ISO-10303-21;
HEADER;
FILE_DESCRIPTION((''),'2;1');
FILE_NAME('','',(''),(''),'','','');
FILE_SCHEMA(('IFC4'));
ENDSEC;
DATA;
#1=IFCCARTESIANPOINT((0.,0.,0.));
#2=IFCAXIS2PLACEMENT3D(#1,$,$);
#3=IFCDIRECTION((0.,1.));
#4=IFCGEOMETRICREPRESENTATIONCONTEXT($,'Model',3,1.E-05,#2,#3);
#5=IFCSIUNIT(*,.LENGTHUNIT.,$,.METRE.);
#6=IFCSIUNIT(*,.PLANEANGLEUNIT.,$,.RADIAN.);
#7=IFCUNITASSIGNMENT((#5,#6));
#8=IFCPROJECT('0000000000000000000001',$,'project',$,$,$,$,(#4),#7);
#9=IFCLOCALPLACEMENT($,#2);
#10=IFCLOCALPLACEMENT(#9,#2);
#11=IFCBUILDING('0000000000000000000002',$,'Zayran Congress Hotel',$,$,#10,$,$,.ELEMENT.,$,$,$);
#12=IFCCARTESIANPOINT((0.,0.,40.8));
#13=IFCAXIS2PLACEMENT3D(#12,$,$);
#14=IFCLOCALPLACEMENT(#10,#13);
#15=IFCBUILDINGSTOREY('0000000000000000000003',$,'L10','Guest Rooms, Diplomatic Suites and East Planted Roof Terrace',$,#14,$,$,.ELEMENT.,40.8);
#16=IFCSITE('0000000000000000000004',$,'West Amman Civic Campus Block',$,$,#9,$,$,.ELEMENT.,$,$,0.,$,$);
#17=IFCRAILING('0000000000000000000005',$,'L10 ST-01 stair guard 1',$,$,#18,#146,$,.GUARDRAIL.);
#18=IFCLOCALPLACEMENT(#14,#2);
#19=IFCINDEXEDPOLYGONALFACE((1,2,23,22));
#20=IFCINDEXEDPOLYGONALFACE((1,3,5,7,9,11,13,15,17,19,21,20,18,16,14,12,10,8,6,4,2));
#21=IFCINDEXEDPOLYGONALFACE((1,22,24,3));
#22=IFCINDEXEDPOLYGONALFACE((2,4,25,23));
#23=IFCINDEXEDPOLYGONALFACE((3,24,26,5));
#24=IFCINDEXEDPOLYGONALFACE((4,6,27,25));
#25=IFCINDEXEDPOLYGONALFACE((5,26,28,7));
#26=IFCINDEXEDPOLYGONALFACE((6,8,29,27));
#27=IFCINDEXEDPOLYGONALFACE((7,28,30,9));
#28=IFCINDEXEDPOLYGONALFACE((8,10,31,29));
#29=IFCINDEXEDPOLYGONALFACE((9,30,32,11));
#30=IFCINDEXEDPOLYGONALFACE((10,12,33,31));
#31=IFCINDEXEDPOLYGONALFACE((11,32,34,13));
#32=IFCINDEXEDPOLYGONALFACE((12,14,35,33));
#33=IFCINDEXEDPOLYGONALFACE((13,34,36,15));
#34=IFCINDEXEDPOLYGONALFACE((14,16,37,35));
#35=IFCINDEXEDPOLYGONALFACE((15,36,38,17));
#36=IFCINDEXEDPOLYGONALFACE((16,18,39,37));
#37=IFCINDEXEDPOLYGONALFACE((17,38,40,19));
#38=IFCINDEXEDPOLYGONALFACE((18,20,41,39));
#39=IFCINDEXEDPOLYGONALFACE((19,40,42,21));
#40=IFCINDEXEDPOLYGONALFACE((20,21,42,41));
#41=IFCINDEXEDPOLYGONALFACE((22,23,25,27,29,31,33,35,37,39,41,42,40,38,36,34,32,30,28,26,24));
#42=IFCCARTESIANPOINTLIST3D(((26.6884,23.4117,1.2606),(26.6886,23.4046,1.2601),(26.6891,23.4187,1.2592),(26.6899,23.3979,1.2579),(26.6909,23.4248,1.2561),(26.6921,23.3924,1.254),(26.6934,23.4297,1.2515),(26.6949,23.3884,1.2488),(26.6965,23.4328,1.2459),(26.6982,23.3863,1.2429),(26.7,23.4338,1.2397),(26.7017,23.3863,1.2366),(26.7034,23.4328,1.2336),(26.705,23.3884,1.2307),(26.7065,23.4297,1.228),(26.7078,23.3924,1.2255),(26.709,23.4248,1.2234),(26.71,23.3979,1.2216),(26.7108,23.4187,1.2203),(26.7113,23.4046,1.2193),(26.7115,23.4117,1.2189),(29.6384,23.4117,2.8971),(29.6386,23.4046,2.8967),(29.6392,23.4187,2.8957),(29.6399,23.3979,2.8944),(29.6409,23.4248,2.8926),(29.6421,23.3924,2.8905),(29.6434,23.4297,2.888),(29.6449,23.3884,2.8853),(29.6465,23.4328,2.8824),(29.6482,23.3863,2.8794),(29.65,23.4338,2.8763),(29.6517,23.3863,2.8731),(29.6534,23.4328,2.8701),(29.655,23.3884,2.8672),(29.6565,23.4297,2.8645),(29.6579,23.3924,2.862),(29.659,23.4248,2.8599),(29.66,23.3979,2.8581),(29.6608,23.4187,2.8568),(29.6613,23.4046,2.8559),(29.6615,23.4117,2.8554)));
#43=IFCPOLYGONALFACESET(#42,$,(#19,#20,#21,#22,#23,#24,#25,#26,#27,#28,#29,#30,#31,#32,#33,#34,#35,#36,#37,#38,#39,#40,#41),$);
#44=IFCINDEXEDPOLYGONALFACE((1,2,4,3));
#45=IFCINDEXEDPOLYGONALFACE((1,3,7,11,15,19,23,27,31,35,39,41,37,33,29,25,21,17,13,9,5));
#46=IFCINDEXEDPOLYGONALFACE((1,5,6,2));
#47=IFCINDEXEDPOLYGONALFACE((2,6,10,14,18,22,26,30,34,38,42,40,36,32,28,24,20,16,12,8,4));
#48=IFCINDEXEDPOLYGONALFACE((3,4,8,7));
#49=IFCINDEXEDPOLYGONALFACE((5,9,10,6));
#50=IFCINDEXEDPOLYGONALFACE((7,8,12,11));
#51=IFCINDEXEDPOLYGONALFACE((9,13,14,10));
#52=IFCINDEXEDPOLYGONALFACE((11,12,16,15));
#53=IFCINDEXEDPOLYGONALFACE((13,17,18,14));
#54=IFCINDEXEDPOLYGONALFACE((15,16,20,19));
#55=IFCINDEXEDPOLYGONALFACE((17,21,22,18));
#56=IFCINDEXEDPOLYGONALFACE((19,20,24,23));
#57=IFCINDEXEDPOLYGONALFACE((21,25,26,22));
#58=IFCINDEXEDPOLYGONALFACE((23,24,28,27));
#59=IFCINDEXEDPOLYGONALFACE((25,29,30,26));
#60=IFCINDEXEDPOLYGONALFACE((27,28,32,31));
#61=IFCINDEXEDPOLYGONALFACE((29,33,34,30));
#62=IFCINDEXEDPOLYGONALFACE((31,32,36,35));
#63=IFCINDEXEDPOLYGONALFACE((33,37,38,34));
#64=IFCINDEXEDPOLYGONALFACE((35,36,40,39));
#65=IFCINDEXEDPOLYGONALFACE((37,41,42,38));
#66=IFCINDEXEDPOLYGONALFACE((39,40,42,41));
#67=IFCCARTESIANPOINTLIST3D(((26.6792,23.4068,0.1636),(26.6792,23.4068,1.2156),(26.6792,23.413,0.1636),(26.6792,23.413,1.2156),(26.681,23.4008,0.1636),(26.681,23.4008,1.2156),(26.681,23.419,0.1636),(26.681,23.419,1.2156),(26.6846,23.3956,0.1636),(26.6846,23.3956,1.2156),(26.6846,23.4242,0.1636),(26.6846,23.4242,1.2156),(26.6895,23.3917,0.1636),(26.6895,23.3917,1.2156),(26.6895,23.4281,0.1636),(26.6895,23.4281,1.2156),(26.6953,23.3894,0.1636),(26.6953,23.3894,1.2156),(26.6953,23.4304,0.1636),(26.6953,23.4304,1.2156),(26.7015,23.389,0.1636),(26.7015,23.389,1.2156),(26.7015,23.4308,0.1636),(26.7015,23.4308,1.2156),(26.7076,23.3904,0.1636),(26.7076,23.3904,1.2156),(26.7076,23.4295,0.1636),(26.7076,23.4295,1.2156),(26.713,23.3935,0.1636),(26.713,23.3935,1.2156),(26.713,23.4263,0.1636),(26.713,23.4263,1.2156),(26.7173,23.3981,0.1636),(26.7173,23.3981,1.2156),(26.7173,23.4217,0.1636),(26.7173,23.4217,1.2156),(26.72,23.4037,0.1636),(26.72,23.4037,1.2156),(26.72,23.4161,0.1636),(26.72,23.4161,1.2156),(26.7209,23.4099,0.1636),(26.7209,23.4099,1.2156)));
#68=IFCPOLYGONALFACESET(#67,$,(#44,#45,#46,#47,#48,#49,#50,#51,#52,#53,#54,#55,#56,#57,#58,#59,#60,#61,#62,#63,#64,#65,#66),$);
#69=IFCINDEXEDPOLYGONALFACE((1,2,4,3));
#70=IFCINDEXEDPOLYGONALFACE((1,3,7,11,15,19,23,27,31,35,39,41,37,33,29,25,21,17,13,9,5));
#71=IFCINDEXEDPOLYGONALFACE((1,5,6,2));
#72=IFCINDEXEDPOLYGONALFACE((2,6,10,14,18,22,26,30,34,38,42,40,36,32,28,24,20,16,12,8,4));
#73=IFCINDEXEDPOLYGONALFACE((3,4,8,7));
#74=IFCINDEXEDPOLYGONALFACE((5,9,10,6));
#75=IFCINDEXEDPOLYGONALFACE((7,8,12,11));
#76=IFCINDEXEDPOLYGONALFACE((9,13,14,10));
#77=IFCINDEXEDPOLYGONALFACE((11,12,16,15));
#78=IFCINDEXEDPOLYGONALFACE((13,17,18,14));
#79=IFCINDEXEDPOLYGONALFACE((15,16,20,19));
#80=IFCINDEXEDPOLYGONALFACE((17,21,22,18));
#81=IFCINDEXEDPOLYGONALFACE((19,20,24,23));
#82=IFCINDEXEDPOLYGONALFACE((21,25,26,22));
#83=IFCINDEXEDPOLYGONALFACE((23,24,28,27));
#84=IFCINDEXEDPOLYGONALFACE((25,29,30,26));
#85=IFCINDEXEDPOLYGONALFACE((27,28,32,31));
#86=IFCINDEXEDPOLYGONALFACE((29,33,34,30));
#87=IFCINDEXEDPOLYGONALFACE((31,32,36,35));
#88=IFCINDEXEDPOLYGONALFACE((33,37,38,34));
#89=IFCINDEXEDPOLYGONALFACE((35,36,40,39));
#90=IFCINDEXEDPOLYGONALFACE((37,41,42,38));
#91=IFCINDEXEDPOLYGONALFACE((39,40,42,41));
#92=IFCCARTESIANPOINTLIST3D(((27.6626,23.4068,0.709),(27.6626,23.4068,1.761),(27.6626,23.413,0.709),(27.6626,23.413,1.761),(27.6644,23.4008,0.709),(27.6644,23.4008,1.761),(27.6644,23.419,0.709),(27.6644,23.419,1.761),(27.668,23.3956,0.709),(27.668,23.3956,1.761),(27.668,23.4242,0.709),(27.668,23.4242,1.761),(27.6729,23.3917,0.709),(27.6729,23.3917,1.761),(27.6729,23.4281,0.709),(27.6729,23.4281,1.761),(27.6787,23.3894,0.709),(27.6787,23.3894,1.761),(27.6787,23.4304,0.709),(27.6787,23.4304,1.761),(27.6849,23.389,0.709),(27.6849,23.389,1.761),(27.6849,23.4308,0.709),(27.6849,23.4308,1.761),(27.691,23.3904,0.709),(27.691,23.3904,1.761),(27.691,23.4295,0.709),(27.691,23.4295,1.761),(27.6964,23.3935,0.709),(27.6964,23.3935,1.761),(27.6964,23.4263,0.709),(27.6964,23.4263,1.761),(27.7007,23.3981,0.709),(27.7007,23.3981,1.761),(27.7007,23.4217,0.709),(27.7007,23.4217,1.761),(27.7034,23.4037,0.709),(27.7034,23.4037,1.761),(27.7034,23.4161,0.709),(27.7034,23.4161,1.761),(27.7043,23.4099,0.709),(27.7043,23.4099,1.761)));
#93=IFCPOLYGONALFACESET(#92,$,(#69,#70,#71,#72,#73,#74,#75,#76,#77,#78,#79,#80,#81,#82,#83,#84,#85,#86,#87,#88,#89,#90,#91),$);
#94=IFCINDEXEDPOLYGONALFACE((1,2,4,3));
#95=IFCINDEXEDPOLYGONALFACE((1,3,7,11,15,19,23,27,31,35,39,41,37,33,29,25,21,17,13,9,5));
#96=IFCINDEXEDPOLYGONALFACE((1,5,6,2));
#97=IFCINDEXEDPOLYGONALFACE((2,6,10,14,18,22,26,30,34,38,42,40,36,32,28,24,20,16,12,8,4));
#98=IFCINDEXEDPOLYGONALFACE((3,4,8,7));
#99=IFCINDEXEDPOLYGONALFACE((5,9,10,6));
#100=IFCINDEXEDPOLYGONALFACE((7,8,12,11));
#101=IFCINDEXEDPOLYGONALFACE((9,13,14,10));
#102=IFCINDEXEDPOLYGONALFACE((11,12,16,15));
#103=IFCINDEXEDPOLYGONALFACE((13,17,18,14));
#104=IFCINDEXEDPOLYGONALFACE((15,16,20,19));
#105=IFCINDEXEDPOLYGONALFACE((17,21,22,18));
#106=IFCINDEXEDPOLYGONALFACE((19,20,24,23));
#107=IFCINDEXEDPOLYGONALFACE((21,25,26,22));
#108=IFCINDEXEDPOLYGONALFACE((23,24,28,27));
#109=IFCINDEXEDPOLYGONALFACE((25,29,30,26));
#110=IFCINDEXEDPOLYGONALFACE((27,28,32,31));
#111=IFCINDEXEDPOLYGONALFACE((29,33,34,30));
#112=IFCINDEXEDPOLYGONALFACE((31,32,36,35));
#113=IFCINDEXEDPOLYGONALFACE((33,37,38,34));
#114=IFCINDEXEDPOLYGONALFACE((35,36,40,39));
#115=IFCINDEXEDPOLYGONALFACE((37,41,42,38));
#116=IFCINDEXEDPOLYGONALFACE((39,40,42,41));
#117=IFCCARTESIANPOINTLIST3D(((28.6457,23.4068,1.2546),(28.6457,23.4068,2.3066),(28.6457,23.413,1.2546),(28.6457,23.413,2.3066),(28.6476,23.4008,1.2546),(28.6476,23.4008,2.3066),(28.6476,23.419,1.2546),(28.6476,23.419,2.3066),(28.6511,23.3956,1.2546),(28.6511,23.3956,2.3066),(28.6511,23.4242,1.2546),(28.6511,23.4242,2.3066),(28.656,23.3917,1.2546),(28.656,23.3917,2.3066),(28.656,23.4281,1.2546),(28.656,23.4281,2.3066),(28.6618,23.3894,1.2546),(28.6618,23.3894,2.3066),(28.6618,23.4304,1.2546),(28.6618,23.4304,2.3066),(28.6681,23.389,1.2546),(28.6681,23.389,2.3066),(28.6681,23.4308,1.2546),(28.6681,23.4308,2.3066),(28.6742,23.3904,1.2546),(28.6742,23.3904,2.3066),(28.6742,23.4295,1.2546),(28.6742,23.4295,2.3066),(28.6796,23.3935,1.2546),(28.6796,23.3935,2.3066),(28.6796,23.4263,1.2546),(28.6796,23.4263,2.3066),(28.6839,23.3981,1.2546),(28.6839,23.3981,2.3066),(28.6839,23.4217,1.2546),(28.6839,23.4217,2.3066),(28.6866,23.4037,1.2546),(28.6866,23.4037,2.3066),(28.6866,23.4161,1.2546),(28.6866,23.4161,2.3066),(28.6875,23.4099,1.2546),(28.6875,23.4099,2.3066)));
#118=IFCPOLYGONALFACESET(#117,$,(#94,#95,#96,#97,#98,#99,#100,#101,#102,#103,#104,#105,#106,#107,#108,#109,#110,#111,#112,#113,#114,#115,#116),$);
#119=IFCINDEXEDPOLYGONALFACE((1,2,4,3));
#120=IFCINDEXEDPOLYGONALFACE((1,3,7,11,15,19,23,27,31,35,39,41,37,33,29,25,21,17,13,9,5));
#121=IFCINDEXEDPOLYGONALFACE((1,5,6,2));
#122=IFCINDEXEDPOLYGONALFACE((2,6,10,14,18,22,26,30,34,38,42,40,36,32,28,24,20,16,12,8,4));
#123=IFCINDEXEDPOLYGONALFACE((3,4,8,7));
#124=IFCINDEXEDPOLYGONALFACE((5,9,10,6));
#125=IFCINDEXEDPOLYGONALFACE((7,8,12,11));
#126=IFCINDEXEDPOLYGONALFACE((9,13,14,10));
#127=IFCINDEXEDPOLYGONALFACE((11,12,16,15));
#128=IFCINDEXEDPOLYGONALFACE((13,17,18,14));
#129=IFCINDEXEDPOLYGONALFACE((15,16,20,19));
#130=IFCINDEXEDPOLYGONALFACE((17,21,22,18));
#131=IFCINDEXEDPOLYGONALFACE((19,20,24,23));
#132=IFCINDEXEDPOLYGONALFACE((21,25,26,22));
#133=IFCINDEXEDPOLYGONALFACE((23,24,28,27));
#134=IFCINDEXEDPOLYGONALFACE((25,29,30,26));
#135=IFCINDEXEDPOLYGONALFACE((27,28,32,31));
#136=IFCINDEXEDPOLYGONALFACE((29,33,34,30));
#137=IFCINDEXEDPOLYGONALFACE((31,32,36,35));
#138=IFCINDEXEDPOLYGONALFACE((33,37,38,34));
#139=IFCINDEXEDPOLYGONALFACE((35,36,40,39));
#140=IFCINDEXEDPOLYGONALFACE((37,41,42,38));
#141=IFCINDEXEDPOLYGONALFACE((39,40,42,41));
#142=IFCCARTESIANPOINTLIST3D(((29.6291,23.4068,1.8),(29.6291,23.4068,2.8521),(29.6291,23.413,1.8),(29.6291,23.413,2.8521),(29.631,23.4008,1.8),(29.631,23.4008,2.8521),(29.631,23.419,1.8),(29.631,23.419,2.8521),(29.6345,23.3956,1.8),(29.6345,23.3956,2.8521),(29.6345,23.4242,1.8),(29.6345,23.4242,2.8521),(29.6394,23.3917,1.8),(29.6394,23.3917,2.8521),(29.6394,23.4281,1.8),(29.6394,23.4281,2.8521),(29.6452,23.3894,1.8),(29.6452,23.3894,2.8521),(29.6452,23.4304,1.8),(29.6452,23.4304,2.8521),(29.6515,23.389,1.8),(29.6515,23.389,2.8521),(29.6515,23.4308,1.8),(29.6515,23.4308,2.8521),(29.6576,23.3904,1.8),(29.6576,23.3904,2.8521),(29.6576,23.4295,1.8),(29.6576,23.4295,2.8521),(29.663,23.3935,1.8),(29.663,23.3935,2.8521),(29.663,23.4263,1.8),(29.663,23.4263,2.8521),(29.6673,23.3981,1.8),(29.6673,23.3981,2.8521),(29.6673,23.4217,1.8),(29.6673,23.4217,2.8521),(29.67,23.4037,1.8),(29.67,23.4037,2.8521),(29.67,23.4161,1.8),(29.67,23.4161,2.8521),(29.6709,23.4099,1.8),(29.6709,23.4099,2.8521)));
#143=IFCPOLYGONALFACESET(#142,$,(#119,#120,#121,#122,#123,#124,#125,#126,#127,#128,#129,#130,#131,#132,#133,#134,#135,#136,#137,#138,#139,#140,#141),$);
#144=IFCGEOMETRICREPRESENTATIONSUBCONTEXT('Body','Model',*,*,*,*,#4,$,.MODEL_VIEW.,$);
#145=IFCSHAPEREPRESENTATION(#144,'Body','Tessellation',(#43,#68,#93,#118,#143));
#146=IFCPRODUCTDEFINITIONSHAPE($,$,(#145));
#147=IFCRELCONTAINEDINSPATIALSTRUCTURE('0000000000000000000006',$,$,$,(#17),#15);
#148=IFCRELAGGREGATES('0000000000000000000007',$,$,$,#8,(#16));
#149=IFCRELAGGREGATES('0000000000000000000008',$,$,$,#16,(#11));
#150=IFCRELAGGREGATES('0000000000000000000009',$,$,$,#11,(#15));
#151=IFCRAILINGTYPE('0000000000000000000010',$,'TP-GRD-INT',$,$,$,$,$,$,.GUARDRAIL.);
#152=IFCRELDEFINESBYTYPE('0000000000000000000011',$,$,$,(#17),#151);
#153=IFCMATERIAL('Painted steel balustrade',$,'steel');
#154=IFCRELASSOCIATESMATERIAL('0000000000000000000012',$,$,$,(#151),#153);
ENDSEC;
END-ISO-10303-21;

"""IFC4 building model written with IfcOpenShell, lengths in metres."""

from ifc_helpers import new_model, si_unit, direction, frame, origin, origin_2d, place, context, subcontext, project, spatial, circle, extrude, material, type_object, element, save


model = new_model("IFC4")

# Units and contexts
model_context = context("Model", 3, precision=1e-05, world=origin(), true_north=direction((0.0, 1.0)))
body_context = subcontext(model_context, "Body", "Model", "MODEL_VIEW")
ifc_project = project(units=[si_unit("LENGTHUNIT", "METRE"), si_unit("PLANEANGLEUNIT", "RADIAN")], contexts=[model_context])

# Site, building, storey
site_placement = place(None, origin())
site = spatial("IfcSite", under=ifc_project, at=site_placement, Name="West Amman Civic Campus Block", CompositionType="ELEMENT", RefElevation=0.0)
building_placement = place(site_placement, origin())
building = spatial("IfcBuilding", under=site, at=building_placement, Name="Zayran Congress Hotel", CompositionType="ELEMENT")
storey_placement = place(building_placement, frame((0.0, 0.0, 40.8)))
storey = spatial("IfcBuildingStorey", under=building, at=storey_placement, Name="L10", Description="Guest Rooms, Diplomatic Suites and East Planted Roof Terrace", CompositionType="ELEMENT", Elevation=40.8)

# Railing
ifc_material_1 = material(Name="Painted steel balustrade", Category="steel")
railing_type_1 = type_object("IfcRailingType", Name="TP-GRD-INT", PredefinedType="GUARDRAIL", material=ifc_material_1)
railing_1_placement = place(storey_placement, frame((26.7, 23.4099, 0.1636)))
element("IfcRailing", 1, at=railing_1_placement, inside=storey, type_object=railing_type_1, Name="L10 ST-01 stair guard 1", PredefinedType="GUARDRAIL", context=body_context, shape_type="SweptSolid", body=[
    extrude(circle(Radius=0.0239, at=origin_2d()), frame((0.0, 0.0, 1.0762), z_axis=(0.874458, 0.0, 0.485102), x_axis=(0.0, 1.0, 0.0)), (0.0, 0.0, 1.0), 3.3735),
    extrude(circle(Radius=0.021, at=origin_2d()), origin(), (0.0, 0.0, 1.0), 1.052),
    extrude(circle(Radius=0.021, at=origin_2d()), frame((0.9834, 0.0, 0.5454)), (0.0, 0.0, 1.0), 1.052),
    extrude(circle(Radius=0.021, at=origin_2d()), frame((1.9666, 0.0, 1.0911)), (0.0, 0.0, 1.0), 1.052),
    extrude(circle(Radius=0.021, at=origin_2d()), frame((2.95, 0.0, 1.6365)), (0.0, 0.0, 1.0), 1.052),
])

save(model, "model.ifc")
